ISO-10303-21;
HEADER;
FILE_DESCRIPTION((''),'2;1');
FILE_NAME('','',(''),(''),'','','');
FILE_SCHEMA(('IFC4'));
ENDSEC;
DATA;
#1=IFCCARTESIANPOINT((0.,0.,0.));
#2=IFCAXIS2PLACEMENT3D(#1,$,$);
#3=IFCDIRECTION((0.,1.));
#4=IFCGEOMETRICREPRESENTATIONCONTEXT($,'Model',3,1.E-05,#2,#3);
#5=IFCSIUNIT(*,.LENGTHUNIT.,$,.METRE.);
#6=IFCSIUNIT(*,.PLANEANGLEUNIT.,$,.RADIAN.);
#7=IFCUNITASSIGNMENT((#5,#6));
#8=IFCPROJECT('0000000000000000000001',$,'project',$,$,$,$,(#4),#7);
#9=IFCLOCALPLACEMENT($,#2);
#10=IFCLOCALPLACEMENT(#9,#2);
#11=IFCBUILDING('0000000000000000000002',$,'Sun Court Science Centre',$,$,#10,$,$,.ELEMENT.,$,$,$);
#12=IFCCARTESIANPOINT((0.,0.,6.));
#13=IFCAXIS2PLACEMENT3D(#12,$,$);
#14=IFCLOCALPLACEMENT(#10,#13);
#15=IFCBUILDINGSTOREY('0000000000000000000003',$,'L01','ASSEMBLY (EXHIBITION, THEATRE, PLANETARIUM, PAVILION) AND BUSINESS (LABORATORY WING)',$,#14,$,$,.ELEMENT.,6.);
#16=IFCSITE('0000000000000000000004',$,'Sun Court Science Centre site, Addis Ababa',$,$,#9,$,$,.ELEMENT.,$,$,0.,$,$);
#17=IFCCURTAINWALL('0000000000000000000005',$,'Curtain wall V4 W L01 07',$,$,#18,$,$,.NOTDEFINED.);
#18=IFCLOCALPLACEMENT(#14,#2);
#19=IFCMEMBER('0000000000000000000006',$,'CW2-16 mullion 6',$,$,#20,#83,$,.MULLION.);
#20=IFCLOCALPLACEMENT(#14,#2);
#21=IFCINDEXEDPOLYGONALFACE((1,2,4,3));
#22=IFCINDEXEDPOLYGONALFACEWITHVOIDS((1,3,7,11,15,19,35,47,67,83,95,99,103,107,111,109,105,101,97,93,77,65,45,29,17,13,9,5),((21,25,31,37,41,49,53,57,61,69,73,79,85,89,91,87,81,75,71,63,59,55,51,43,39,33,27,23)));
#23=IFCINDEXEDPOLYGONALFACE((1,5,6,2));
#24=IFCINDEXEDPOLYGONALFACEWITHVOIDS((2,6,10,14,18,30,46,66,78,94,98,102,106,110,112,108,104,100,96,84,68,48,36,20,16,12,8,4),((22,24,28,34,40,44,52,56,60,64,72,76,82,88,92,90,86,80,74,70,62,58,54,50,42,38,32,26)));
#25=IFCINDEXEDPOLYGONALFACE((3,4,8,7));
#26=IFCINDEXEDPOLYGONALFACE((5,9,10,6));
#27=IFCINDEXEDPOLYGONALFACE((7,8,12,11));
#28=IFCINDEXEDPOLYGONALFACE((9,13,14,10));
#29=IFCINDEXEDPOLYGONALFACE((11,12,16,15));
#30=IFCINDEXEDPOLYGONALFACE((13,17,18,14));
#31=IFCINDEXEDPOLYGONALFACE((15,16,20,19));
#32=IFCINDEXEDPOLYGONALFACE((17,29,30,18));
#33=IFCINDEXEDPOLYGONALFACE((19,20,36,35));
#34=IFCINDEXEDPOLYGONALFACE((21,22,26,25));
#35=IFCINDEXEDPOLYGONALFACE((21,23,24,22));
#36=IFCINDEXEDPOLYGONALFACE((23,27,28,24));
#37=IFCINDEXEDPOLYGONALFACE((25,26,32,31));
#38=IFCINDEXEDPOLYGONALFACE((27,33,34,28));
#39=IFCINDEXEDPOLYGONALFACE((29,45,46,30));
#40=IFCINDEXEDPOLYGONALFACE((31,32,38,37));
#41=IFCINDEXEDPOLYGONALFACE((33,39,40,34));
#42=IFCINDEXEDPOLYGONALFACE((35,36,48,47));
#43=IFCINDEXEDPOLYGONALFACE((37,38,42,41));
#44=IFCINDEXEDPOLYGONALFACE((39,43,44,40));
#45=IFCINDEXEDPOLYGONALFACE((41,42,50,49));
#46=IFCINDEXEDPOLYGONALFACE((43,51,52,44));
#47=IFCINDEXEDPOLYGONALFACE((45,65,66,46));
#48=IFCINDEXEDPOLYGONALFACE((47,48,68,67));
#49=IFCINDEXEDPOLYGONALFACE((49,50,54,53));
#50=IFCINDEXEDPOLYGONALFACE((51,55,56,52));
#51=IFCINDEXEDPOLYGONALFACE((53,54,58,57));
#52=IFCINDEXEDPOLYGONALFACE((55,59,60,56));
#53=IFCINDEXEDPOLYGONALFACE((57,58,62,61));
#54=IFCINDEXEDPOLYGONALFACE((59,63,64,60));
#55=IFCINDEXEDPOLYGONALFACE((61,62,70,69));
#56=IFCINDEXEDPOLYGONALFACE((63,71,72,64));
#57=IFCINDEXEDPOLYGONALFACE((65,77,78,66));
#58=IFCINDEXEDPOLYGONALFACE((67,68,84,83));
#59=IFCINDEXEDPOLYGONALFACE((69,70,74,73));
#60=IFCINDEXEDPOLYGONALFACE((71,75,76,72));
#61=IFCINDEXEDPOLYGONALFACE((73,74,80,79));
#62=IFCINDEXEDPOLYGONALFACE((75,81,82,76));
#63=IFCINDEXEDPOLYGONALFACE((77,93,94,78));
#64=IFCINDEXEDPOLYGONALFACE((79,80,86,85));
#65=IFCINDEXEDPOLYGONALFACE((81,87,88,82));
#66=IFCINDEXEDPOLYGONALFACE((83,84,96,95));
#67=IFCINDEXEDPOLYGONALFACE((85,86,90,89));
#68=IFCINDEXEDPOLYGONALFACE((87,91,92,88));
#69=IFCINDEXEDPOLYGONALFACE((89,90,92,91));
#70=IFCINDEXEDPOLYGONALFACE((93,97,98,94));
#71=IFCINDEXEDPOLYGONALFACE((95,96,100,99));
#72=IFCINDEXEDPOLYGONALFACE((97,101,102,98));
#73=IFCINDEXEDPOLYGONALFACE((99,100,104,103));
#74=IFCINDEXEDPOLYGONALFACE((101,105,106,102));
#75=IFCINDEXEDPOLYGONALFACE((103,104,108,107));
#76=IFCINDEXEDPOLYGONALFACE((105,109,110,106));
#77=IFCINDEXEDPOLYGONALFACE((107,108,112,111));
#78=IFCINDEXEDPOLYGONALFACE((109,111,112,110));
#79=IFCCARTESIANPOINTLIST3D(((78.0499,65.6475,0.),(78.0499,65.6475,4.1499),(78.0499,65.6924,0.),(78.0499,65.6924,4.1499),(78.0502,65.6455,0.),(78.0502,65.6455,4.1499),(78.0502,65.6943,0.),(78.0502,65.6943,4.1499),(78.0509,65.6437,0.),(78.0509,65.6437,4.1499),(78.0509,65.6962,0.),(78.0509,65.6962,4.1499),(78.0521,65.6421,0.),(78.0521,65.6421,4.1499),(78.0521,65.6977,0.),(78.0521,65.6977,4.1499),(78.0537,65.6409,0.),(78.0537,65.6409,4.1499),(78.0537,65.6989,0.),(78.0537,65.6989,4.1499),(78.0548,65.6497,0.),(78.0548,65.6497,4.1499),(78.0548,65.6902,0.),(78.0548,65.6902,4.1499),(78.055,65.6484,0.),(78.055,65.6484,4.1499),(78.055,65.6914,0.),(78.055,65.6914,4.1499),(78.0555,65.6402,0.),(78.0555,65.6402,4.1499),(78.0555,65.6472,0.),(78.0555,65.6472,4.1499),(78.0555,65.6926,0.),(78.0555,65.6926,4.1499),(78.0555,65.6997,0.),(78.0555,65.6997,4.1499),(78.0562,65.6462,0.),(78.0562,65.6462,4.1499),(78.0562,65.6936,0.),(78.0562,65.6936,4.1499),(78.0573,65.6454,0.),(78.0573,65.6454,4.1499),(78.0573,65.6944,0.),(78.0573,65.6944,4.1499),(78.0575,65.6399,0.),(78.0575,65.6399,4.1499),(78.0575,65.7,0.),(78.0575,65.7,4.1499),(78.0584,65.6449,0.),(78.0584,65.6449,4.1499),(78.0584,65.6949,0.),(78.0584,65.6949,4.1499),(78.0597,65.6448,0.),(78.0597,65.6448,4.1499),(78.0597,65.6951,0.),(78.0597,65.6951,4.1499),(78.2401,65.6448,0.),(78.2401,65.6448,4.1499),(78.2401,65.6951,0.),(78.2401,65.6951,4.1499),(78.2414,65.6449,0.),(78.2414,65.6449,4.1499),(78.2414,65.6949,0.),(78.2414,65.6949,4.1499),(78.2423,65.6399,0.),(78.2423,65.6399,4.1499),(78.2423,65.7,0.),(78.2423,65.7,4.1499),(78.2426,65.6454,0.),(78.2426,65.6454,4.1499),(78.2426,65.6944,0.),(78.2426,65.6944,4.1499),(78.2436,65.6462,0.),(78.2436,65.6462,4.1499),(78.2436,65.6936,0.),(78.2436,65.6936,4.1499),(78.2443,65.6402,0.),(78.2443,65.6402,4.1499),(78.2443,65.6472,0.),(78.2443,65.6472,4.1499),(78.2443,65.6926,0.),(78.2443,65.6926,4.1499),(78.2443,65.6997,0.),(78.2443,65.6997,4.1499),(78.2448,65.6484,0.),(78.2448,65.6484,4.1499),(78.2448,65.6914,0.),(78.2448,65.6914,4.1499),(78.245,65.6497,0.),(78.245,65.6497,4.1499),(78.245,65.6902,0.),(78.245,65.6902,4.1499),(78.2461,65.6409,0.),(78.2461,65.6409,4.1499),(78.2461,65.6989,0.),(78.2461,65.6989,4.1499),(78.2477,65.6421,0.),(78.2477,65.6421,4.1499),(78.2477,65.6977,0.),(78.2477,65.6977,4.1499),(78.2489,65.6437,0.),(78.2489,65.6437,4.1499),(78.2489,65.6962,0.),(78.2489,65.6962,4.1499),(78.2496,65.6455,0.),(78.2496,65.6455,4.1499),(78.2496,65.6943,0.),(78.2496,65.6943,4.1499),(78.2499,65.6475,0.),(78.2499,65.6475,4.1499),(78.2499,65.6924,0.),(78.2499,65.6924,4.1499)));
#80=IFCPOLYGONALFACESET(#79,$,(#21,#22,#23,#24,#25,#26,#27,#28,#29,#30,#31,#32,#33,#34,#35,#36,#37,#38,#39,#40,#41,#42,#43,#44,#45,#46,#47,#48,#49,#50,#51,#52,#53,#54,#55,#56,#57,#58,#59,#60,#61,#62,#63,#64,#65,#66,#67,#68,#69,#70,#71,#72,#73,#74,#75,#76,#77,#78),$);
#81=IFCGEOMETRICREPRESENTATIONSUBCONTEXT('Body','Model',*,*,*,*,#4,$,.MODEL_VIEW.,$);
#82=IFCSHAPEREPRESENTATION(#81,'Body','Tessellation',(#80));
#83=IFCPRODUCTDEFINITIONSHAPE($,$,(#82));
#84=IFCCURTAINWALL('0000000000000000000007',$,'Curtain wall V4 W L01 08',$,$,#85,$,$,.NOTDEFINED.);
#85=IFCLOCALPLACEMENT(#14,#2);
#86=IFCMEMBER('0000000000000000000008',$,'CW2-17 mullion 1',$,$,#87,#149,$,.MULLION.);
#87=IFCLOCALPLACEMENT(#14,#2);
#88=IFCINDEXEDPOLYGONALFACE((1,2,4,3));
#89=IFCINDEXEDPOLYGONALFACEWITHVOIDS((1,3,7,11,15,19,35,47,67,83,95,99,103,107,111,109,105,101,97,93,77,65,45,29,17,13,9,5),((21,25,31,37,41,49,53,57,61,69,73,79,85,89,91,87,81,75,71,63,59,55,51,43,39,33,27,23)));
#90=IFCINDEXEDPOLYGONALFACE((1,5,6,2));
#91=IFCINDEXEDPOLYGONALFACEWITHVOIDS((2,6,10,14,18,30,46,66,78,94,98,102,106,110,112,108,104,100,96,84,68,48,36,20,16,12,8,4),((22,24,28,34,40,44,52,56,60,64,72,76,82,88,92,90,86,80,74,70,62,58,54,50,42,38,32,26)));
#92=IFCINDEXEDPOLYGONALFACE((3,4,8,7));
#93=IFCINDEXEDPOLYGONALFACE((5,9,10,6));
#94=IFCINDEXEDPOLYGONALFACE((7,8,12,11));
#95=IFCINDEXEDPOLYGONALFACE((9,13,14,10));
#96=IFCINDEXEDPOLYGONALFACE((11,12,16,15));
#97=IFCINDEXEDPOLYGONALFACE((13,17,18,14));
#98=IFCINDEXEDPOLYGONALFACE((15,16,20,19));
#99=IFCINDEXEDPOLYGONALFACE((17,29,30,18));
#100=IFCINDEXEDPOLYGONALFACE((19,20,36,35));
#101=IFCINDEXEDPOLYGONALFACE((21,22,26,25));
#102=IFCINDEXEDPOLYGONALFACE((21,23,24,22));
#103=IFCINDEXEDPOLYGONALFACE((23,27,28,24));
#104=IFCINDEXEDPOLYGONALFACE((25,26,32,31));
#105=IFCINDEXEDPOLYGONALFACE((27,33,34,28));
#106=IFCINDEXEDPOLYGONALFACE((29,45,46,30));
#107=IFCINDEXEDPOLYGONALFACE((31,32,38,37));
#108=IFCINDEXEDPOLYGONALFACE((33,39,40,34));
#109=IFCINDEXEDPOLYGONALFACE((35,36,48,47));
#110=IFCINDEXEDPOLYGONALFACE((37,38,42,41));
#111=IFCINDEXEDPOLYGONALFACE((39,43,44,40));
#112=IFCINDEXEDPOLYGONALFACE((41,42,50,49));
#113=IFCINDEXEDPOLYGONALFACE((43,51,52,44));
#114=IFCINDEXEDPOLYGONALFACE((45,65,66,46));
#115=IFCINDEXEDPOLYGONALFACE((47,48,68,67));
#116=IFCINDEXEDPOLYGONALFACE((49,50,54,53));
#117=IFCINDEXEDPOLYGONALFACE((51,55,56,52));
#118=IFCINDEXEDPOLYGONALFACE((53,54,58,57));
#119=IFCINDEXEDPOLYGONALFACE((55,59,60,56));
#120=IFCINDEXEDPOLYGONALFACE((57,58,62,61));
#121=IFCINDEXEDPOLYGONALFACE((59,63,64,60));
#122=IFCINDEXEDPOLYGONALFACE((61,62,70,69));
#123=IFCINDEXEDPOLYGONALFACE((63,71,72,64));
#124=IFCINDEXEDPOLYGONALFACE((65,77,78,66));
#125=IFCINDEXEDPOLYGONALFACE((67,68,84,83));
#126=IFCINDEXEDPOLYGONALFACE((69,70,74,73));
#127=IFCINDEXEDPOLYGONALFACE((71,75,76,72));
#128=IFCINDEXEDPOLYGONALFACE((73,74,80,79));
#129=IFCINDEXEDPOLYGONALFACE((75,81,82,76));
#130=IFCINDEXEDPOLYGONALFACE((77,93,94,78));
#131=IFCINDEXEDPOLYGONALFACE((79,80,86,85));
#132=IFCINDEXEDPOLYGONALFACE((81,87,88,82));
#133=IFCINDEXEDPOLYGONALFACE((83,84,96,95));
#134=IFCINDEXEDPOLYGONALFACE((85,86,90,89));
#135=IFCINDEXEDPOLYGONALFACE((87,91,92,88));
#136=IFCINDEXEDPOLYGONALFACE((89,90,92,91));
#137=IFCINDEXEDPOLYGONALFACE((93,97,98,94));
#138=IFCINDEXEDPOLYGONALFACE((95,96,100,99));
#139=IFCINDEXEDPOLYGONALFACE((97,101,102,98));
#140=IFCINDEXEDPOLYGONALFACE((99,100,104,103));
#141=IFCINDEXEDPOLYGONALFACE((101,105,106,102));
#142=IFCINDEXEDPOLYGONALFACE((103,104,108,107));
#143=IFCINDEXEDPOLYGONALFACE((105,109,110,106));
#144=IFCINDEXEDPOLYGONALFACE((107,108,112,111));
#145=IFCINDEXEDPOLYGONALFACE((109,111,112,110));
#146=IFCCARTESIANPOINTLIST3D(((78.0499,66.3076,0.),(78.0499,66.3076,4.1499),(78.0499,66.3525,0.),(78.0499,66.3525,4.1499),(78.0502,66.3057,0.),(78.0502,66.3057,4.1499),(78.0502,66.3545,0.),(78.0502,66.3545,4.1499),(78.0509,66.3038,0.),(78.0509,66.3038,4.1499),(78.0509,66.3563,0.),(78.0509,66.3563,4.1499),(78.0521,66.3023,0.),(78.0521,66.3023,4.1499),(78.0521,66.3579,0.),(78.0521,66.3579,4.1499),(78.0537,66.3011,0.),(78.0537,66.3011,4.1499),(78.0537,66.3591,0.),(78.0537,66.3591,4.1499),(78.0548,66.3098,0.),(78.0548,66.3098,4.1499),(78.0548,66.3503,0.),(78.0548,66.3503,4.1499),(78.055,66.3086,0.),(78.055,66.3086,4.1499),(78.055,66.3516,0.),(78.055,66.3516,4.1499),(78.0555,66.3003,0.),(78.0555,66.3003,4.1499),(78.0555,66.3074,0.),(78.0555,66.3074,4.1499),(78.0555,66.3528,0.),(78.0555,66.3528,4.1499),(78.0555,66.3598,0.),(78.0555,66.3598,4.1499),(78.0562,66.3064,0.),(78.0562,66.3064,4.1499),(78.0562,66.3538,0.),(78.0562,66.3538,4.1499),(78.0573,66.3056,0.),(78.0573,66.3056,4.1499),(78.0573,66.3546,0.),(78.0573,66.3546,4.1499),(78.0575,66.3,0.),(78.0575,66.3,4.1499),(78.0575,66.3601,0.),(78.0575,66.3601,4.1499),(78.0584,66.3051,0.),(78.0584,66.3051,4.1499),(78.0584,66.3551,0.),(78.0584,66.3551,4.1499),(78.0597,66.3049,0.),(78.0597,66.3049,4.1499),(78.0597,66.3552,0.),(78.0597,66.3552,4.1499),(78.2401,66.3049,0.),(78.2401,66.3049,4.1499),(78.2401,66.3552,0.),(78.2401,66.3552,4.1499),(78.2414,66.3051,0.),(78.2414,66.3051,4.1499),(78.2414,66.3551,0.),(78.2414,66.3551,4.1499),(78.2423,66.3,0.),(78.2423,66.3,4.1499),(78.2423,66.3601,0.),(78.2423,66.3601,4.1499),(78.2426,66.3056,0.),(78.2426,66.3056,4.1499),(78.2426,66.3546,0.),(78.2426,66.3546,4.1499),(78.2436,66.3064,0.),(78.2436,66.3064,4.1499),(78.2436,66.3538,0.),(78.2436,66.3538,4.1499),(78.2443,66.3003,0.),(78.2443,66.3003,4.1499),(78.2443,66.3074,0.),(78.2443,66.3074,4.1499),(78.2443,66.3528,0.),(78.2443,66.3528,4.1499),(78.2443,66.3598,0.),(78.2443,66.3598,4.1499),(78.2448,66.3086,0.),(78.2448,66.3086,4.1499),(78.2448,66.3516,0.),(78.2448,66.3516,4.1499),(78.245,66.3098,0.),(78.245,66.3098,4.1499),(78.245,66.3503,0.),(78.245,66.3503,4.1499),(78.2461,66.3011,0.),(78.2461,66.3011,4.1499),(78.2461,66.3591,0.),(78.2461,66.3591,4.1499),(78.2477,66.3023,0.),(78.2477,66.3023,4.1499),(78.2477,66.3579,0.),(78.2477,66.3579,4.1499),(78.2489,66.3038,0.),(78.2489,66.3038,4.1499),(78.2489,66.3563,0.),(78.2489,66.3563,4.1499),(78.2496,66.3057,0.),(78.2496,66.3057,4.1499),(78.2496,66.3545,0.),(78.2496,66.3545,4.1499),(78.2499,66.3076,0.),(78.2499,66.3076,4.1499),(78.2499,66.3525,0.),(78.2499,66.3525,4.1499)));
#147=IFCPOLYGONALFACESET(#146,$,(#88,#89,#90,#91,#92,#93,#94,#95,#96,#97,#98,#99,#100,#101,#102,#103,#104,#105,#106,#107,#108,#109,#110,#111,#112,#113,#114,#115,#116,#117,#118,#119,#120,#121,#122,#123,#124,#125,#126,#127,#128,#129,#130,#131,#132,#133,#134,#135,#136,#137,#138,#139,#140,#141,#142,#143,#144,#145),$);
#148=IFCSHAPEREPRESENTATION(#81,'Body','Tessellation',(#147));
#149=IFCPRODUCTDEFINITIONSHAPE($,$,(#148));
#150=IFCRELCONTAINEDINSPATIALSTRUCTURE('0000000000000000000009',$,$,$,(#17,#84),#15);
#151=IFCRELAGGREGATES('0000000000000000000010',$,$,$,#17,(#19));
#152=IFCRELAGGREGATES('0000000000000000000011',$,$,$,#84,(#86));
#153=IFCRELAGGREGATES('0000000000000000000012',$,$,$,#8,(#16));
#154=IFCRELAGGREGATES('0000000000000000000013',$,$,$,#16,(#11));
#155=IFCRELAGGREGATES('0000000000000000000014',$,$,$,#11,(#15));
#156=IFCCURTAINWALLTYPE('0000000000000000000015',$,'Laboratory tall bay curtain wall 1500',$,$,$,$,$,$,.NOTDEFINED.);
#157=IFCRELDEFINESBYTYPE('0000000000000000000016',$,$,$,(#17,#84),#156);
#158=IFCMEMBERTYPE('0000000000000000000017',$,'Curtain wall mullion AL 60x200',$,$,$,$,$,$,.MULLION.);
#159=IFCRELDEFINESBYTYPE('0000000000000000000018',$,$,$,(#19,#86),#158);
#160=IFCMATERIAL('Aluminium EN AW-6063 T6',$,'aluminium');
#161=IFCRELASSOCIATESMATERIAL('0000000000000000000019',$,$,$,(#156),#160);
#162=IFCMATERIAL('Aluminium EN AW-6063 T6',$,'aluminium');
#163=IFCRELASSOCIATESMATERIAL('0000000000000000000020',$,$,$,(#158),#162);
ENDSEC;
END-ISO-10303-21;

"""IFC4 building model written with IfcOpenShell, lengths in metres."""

from ifc_helpers import new_model, si_unit, direction, frame, origin, origin_2d, place, context, subcontext, project, spatial, hollow_rectangle, extrude, material, material_profile, profile_set, type_object, element, aggregate, save


model = new_model("IFC4")

# Units and contexts
model_context = context("Model", 3, precision=1e-05, world=origin(), true_north=direction((0.0, 1.0)))
body_context = subcontext(model_context, "Body", "Model", "MODEL_VIEW")
ifc_project = project(units=[si_unit("LENGTHUNIT", "METRE"), si_unit("PLANEANGLEUNIT", "RADIAN")], contexts=[model_context])

# Site, building, storey
site_placement = place(None, origin())
site = spatial("IfcSite", under=ifc_project, at=site_placement, Name="Sun Court Science Centre site, Addis Ababa", CompositionType="ELEMENT", RefElevation=0.0)
building_placement = place(site_placement, origin())
building = spatial("IfcBuilding", under=site, at=building_placement, Name="Sun Court Science Centre", CompositionType="ELEMENT")
storey_placement = place(building_placement, frame((0.0, 0.0, 6.0)))
storey = spatial("IfcBuildingStorey", under=building, at=storey_placement, Name="L01", Description="ASSEMBLY (EXHIBITION, THEATRE, PLANETARIUM, PAVILION) AND BUSINESS (LABORATORY WING)", CompositionType="ELEMENT", Elevation=6.0)

# Curtain wall, member
ifc_material_1 = material(Name="Aluminium EN AW-6063 T6", Category="aluminium")
curtain_wall_type = type_object("IfcCurtainWallType", Name="Laboratory tall bay curtain wall 1500", PredefinedType="NOTDEFINED", material=ifc_material_1)
curtain_wall_1_placement = place(storey_placement, origin())
curtain_wall_1 = element("IfcCurtainWall", 1, at=curtain_wall_1_placement, inside=storey, type_object=curtain_wall_type, Name="Curtain wall V4 W L01 07", PredefinedType="NOTDEFINED")
ifc_material_2 = material(Name="Aluminium EN AW-6063 T6", Category="aluminium")
ifc_material_profile_1 = material_profile(ifc_material_2, hollow_rectangle(XDim=0.0601, YDim=0.2, WallThickness=0.0049, InnerFilletRadius=0.0049, OuterFilletRadius=0.0076, at=origin_2d()), Name="AL 60x200x5")
ifc_profile_set_1 = profile_set([ifc_material_profile_1], Name="Aluminium EN AW-6063 T6")
member_type_1 = type_object("IfcMemberType", Name="Curtain wall mullion AL 60x200", PredefinedType="MULLION", material=ifc_profile_set_1)
member_1_placement = place(storey_placement, frame((78.1499, 65.6699, 0.0), z_axis=(0.0, 0.0, 1.0), x_axis=(0.0, 1.0, 0.0)))
member_1 = element("IfcMember", 2, at=member_1_placement, type_object=member_type_1, Name="CW2-16 mullion 6", PredefinedType="MULLION", context=body_context, shape_type="SweptSolid", body=[
    extrude(hollow_rectangle(XDim=0.0601, YDim=0.2, WallThickness=0.0049, InnerFilletRadius=0.0049, OuterFilletRadius=0.0076, at=origin_2d()), origin(), (0.0, 0.0, 1.0), 4.1499),
])

# Curtain wall, member
curtain_wall_2_placement = place(storey_placement, origin())
curtain_wall_2 = element("IfcCurtainWall", 3, at=curtain_wall_2_placement, inside=storey, type_object=curtain_wall_type, Name="Curtain wall V4 W L01 08", PredefinedType="NOTDEFINED")
member_2_placement = place(storey_placement, frame((78.1499, 66.3301, 0.0), z_axis=(0.0, 0.0, 1.0), x_axis=(0.0, 1.0, 0.0)))
member_2 = element("IfcMember", 4, at=member_2_placement, type_object=member_type_1, Name="CW2-17 mullion 1", PredefinedType="MULLION", context=body_context, shape_type="SweptSolid", body=[
    extrude(hollow_rectangle(XDim=0.0601, YDim=0.2, WallThickness=0.0049, InnerFilletRadius=0.0049, OuterFilletRadius=0.0076, at=origin_2d()), origin(), (0.0, 0.0, 1.0), 4.1499),
])

aggregate(curtain_wall_1, [member_1])
aggregate(curtain_wall_2, [member_2])

save(model, "model.ifc")
